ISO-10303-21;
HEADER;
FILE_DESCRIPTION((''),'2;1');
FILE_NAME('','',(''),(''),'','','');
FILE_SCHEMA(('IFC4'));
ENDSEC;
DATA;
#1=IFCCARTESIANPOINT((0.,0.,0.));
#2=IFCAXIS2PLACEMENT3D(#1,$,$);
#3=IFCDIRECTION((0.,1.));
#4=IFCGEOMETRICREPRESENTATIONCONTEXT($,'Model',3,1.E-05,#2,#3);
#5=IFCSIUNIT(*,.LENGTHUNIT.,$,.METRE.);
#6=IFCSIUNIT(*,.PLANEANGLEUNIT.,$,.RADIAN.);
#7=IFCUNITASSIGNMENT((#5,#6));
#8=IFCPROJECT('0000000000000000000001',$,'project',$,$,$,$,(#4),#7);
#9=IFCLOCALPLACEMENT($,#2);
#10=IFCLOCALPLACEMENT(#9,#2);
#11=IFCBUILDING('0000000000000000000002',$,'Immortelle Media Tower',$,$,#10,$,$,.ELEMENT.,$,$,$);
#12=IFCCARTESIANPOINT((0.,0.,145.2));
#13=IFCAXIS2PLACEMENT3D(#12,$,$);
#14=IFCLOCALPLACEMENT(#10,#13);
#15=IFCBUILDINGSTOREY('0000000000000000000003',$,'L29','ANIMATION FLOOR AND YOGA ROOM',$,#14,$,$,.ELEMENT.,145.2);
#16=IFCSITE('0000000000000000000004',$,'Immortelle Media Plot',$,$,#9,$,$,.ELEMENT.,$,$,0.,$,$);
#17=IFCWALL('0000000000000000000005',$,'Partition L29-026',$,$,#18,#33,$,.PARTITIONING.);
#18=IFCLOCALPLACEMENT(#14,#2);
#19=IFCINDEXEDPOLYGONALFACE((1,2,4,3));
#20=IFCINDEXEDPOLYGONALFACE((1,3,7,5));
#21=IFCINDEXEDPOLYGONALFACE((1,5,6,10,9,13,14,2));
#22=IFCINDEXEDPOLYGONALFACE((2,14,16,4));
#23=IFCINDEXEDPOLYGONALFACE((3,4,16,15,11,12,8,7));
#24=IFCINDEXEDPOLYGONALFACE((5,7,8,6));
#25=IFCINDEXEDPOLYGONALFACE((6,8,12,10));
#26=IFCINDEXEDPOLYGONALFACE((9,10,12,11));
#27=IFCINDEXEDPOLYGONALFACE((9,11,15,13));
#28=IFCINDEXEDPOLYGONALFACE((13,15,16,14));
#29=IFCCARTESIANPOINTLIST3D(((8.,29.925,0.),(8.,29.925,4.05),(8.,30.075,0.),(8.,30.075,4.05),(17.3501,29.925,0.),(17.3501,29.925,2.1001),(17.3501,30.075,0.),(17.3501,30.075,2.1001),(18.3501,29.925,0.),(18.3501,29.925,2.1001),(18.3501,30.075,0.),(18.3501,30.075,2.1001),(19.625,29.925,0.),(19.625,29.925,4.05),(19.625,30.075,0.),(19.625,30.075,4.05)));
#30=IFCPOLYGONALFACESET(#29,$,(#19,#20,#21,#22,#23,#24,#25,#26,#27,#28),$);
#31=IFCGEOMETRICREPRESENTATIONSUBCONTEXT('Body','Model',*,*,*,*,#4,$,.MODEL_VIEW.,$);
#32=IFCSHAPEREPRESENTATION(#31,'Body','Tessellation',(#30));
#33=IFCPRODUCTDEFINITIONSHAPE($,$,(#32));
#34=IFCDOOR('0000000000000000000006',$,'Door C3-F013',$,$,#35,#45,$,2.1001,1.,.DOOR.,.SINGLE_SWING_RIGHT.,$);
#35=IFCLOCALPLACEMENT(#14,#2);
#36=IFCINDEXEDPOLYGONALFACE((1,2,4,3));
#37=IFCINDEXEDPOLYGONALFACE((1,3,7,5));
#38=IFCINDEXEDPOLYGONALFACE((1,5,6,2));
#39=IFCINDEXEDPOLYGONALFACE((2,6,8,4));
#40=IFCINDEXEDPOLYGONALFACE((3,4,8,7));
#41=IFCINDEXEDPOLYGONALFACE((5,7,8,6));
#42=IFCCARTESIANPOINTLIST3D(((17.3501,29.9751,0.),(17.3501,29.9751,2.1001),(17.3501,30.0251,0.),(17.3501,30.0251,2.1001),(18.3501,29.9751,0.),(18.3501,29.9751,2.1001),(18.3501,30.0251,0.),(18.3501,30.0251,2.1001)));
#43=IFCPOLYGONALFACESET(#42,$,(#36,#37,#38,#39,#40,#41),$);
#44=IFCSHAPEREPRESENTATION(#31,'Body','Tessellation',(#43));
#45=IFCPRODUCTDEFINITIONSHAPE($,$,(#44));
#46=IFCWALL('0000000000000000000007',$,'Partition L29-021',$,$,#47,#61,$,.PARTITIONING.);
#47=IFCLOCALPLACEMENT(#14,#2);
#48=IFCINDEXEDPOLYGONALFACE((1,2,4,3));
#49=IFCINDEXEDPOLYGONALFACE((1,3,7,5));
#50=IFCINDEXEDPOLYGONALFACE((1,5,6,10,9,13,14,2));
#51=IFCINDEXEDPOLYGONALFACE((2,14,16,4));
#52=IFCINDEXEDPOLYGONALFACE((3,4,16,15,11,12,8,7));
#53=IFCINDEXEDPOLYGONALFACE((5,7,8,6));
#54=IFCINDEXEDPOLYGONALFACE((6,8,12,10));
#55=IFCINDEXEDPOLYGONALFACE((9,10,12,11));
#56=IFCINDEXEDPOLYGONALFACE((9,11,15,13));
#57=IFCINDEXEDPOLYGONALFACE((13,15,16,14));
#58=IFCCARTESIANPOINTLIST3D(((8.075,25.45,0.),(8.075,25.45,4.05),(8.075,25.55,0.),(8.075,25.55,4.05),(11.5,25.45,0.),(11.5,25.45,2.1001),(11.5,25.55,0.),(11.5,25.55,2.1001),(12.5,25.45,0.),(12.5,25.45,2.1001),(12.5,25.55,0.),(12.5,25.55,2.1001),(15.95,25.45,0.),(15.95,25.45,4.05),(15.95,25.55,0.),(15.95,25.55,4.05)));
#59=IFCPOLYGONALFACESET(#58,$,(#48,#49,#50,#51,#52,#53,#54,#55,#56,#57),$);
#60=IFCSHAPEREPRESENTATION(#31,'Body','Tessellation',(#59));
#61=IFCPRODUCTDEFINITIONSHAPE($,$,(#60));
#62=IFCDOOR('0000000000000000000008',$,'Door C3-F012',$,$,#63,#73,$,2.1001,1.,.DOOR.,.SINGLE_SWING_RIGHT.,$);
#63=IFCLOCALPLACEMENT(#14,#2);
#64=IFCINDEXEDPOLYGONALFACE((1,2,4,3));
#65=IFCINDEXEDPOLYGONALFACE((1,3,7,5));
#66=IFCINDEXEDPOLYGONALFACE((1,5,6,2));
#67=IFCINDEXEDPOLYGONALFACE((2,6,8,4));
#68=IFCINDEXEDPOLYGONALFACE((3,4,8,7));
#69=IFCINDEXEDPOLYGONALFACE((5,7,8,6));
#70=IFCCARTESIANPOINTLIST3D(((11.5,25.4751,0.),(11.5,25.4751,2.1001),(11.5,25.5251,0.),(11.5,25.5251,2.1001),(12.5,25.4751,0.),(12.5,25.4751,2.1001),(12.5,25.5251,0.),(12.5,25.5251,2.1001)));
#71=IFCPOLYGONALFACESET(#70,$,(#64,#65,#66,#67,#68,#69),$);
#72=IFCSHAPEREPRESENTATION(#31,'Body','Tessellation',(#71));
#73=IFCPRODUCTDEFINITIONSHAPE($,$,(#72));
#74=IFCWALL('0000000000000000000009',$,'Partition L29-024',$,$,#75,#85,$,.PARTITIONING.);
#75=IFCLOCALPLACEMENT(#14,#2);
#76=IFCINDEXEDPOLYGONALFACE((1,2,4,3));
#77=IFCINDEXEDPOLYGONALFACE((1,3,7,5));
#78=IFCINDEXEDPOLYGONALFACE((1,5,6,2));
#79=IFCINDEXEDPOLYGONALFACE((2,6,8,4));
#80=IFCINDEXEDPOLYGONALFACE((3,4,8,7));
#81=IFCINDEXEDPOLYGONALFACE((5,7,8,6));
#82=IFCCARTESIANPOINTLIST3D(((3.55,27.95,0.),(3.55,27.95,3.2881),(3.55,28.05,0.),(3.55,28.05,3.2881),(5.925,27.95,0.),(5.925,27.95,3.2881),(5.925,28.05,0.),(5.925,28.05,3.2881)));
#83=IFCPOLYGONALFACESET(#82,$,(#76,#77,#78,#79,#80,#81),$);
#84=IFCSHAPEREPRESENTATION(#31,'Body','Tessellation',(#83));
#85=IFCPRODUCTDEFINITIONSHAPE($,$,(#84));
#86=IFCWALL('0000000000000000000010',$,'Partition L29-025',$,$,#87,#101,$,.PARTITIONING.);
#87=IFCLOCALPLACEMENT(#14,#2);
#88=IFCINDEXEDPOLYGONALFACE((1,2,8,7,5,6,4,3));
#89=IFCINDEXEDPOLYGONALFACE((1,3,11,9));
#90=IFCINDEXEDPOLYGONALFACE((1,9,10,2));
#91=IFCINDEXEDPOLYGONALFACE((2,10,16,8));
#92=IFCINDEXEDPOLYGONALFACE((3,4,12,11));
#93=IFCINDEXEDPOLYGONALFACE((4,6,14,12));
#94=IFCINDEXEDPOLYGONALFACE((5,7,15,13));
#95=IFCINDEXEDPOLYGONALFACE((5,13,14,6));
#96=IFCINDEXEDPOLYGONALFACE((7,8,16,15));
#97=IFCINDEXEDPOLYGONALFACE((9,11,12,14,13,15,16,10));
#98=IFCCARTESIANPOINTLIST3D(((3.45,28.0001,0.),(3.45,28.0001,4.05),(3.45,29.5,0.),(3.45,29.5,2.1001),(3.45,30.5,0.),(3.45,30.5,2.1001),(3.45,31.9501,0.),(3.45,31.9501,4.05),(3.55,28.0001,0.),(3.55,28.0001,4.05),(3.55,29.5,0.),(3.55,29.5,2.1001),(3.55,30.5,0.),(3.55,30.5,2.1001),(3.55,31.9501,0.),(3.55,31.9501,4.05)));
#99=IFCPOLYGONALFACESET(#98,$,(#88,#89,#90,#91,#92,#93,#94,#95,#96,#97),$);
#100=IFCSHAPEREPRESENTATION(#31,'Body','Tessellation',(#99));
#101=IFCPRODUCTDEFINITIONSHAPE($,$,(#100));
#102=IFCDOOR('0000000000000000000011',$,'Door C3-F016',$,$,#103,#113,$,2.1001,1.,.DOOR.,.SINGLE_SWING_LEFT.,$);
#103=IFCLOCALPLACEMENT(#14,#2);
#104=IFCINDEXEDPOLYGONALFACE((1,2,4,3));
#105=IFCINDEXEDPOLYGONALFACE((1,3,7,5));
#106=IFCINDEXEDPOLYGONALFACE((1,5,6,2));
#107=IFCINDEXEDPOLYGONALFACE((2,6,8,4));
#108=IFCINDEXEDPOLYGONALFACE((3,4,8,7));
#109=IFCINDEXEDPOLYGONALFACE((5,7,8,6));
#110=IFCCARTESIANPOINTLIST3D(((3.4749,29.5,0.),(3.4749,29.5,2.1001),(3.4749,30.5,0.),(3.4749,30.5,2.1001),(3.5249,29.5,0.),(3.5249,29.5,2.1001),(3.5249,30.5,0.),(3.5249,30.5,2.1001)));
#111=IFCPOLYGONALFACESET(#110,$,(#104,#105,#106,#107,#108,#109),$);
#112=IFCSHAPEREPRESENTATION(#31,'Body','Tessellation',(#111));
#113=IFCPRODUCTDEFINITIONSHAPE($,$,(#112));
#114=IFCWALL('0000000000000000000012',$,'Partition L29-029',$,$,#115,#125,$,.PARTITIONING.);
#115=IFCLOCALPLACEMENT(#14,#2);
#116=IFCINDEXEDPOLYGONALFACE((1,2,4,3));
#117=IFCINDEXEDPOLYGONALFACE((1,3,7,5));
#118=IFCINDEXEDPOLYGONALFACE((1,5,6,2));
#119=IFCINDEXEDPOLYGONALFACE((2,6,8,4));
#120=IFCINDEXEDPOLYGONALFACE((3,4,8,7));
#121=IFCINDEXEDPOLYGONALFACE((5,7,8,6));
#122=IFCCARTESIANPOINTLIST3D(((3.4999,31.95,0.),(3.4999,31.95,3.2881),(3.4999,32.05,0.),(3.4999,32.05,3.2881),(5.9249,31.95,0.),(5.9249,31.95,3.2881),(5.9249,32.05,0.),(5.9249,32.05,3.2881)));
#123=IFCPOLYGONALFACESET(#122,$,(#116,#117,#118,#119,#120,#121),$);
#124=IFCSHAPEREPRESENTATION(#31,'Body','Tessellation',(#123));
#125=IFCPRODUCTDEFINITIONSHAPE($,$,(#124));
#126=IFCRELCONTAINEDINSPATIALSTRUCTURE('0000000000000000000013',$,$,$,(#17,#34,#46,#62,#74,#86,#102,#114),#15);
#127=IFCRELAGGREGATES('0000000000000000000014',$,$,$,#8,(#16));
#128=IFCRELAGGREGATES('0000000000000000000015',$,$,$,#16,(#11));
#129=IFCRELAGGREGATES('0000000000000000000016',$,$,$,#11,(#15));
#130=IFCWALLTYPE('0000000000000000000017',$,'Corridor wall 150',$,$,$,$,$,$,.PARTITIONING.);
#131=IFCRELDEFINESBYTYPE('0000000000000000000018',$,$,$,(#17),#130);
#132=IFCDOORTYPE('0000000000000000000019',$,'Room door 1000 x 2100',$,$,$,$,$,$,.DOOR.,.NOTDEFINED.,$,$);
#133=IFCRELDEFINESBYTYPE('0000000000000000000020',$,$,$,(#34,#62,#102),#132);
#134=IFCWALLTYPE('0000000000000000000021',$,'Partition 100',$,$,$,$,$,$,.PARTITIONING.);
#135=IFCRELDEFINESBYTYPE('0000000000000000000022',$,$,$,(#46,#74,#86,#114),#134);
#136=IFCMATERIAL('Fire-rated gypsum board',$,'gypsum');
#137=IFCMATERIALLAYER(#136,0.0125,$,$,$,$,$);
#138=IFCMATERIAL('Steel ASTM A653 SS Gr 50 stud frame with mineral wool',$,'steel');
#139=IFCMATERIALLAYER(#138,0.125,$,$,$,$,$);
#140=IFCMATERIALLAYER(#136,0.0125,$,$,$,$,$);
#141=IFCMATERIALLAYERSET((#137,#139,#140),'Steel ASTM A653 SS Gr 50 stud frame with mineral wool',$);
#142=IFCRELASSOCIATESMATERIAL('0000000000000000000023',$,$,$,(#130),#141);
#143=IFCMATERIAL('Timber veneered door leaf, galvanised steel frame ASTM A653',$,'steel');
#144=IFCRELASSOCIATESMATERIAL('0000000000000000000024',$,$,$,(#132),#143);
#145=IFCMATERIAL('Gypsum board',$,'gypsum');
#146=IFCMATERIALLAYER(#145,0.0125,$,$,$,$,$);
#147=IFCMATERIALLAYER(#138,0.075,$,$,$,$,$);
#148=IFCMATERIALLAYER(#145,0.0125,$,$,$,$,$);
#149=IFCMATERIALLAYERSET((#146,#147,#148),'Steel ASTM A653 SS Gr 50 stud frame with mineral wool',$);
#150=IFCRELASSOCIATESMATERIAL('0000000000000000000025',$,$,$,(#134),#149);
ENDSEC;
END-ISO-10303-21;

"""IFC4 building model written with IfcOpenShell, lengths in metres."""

from ifc_helpers import new_model, si_unit, direction, frame, frame_2d, origin, place, context, subcontext, project, spatial, rectangle, extrude, material, layer, layer_set, type_object, element, fill, save


model = new_model("IFC4")

# Units and contexts
model_context = context("Model", 3, precision=1e-05, world=origin(), true_north=direction((0.0, 1.0)))
body_context = subcontext(model_context, "Body", "Model", "MODEL_VIEW")
ifc_project = project(units=[si_unit("LENGTHUNIT", "METRE"), si_unit("PLANEANGLEUNIT", "RADIAN")], contexts=[model_context])

# Site, building, storey
site_placement = place(None, origin())
site = spatial("IfcSite", under=ifc_project, at=site_placement, Name="Immortelle Media Plot", CompositionType="ELEMENT", RefElevation=0.0)
building_placement = place(site_placement, origin())
building = spatial("IfcBuilding", under=site, at=building_placement, Name="Immortelle Media Tower", CompositionType="ELEMENT")
storey_placement = place(building_placement, frame((0.0, 0.0, 145.2)))
storey = spatial("IfcBuildingStorey", under=building, at=storey_placement, Name="L29", Description="ANIMATION FLOOR AND YOGA ROOM", CompositionType="ELEMENT", Elevation=145.2)

# Walls, openings, doors
ifc_material_1 = material(Name="Fire-rated gypsum board", Category="gypsum")
ifc_layer_1 = layer(ifc_material_1, 0.0125)
ifc_material_2 = material(Name="Steel ASTM A653 SS Gr 50 stud frame with mineral wool", Category="steel")
ifc_layer_2 = layer(ifc_material_2, 0.125)
ifc_layer_3 = layer(ifc_material_1, 0.0125)
ifc_layer_set_1 = layer_set([ifc_layer_1, ifc_layer_2, ifc_layer_3], Name="Steel ASTM A653 SS Gr 50 stud frame with mineral wool")
wall_type_1 = type_object("IfcWallType", Name="Corridor wall 150", PredefinedType="PARTITIONING", material=ifc_layer_set_1)
ifc_material_3 = material(Name="Timber veneered door leaf, galvanised steel frame ASTM A653", Category="steel")
door_type = type_object("IfcDoorType", Name="Room door 1000 x 2100", OperationType="NOTDEFINED", PredefinedType="DOOR", material=ifc_material_3)
wall_1_placement = place(storey_placement, frame((8.0, 30.0, 0.0), z_axis=(0.0, 0.0, 1.0), x_axis=(1.0, 0.0, 0.0)))
wall_1 = element("IfcWall", 1, at=wall_1_placement, inside=storey, type_object=wall_type_1, Name="Partition L29-026", PredefinedType="PARTITIONING", context=body_context, shape_type="SweptSolid", body=[
    extrude(rectangle(XDim=11.625, YDim=0.1499, at=frame_2d((5.8125, 0.0))), origin(), (0.0, 0.0, 1.0), 4.05),
])
opening_1_placement = place(wall_1_placement, frame((10.3501, 0.0, 0.0), z_axis=(0.0, 0.0, 1.0), x_axis=(-1.0, 0.0, 0.0)))
opening_1 = element("IfcOpeningElement", 2, at=opening_1_placement, cuts=wall_1, PredefinedType="OPENING", context=body_context, shape_type="SweptSolid", body=[
    extrude(rectangle(XDim=1.0, YDim=2.1001, at=frame_2d((0.5, 1.05))), frame((0.0, 0.085, 0.0), z_axis=(0.0, -1.0, 0.0), x_axis=(1.0, 0.0, 0.0)), (0.0, 0.0, 1.0), 0.1699),
])
door_1_placement = place(opening_1_placement, origin())
door_1 = element("IfcDoor", 3, at=door_1_placement, inside=storey, type_object=door_type, Name="Door C3-F013", OperationType="SINGLE_SWING_RIGHT", OverallHeight=2.1001, OverallWidth=1.0, PredefinedType="DOOR", context=body_context, shape_type="SweptSolid", body=[
    extrude(rectangle(XDim=1.0, YDim=2.1001, at=frame_2d((0.5, 1.05))), frame((0.0, 0.0249, 0.0), z_axis=(0.0, -1.0, 0.0), x_axis=(1.0, 0.0, 0.0)), (0.0, 0.0, 1.0), 0.05),
])
fill(opening_1, door_1)
ifc_material_4 = material(Name="Gypsum board", Category="gypsum")
ifc_layer_4 = layer(ifc_material_4, 0.0125)
ifc_layer_5 = layer(ifc_material_2, 0.075)
ifc_layer_6 = layer(ifc_material_4, 0.0125)
ifc_layer_set_2 = layer_set([ifc_layer_4, ifc_layer_5, ifc_layer_6], Name="Steel ASTM A653 SS Gr 50 stud frame with mineral wool")
wall_type_2 = type_object("IfcWallType", Name="Partition 100", PredefinedType="PARTITIONING", material=ifc_layer_set_2)
wall_2_placement = place(storey_placement, frame((8.075, 25.5, 0.0), z_axis=(0.0, 0.0, 1.0), x_axis=(1.0, 0.0, 0.0)))
wall_2 = element("IfcWall", 4, at=wall_2_placement, inside=storey, type_object=wall_type_2, Name="Partition L29-021", PredefinedType="PARTITIONING", context=body_context, shape_type="SweptSolid", body=[
    extrude(rectangle(XDim=7.875, YDim=0.1001, at=frame_2d((3.9375, 0.0))), origin(), (0.0, 0.0, 1.0), 4.05),
])
opening_2_placement = place(wall_2_placement, frame((4.425, 0.0, 0.0), z_axis=(0.0, 0.0, 1.0), x_axis=(-1.0, 0.0, 0.0)))
opening_2 = element("IfcOpeningElement", 5, at=opening_2_placement, cuts=wall_2, PredefinedType="OPENING", context=body_context, shape_type="SweptSolid", body=[
    extrude(rectangle(XDim=1.0, YDim=2.1001, at=frame_2d((0.5, 1.05))), frame((0.0, 0.0601, 0.0), z_axis=(0.0, -1.0, 0.0), x_axis=(1.0, 0.0, 0.0)), (0.0, 0.0, 1.0), 0.1201),
])
door_2_placement = place(opening_2_placement, origin())
door_2 = element("IfcDoor", 6, at=door_2_placement, inside=storey, type_object=door_type, Name="Door C3-F012", OperationType="SINGLE_SWING_RIGHT", OverallHeight=2.1001, OverallWidth=1.0, PredefinedType="DOOR", context=body_context, shape_type="SweptSolid", body=[
    extrude(rectangle(XDim=1.0, YDim=2.1001, at=frame_2d((0.5, 1.05))), frame((0.0, 0.0249, 0.0), z_axis=(0.0, -1.0, 0.0), x_axis=(1.0, 0.0, 0.0)), (0.0, 0.0, 1.0), 0.05),
])
fill(opening_2, door_2)

# Wall
wall_3_placement = place(storey_placement, frame((3.55, 28.0, 0.0), z_axis=(0.0, 0.0, 1.0), x_axis=(1.0, 0.0, 0.0)))
element("IfcWall", 7, at=wall_3_placement, inside=storey, type_object=wall_type_2, Name="Partition L29-024", PredefinedType="PARTITIONING", context=body_context, shape_type="SweptSolid", body=[
    extrude(rectangle(XDim=2.375, YDim=0.1001, at=frame_2d((1.1875, 0.0))), origin(), (0.0, 0.0, 1.0), 3.2881),
])

# Wall, opening, door
wall_4_placement = place(storey_placement, frame((3.5, 28.0, 0.0), z_axis=(0.0, 0.0, 1.0), x_axis=(0.0, 1.0, 0.0)))
wall_4 = element("IfcWall", 8, at=wall_4_placement, inside=storey, type_object=wall_type_2, Name="Partition L29-025", PredefinedType="PARTITIONING", context=body_context, shape_type="SweptSolid", body=[
    extrude(rectangle(XDim=3.95, YDim=0.1001, at=frame_2d((1.9751, 0.0))), origin(), (0.0, 0.0, 1.0), 4.05),
])
opening_3_placement = place(wall_4_placement, frame((2.5, 0.0, 0.0), z_axis=(0.0, 0.0, 1.0), x_axis=(-1.0, 0.0, 0.0)))
opening_3 = element("IfcOpeningElement", 9, at=opening_3_placement, cuts=wall_4, PredefinedType="OPENING", context=body_context, shape_type="SweptSolid", body=[
    extrude(rectangle(XDim=1.0, YDim=2.1001, at=frame_2d((0.5, 1.05))), frame((0.0, 0.0601, 0.0), z_axis=(0.0, -1.0, 0.0), x_axis=(1.0, 0.0, 0.0)), (0.0, 0.0, 1.0), 0.1201),
])
door_3_placement = place(opening_3_placement, origin())
door_3 = element("IfcDoor", 10, at=door_3_placement, inside=storey, type_object=door_type, Name="Door C3-F016", OperationType="SINGLE_SWING_LEFT", OverallHeight=2.1001, OverallWidth=1.0, PredefinedType="DOOR", context=body_context, shape_type="SweptSolid", body=[
    extrude(rectangle(XDim=1.0, YDim=2.1001, at=frame_2d((0.5, 1.05))), frame((0.0, 0.0249, 0.0), z_axis=(0.0, -1.0, 0.0), x_axis=(1.0, 0.0, 0.0)), (0.0, 0.0, 1.0), 0.05),
])
fill(opening_3, door_3)

# Wall
wall_5_placement = place(storey_placement, frame((3.5, 32.0, 0.0), z_axis=(0.0, 0.0, 1.0), x_axis=(1.0, 0.0, 0.0)))
element("IfcWall", 11, at=wall_5_placement, inside=storey, type_object=wall_type_2, Name="Partition L29-029", PredefinedType="PARTITIONING", context=body_context, shape_type="SweptSolid", body=[
    extrude(rectangle(XDim=2.425, YDim=0.1001, at=frame_2d((1.2124, 0.0))), origin(), (0.0, 0.0, 1.0), 3.2881),
])

save(model, "model.ifc")
